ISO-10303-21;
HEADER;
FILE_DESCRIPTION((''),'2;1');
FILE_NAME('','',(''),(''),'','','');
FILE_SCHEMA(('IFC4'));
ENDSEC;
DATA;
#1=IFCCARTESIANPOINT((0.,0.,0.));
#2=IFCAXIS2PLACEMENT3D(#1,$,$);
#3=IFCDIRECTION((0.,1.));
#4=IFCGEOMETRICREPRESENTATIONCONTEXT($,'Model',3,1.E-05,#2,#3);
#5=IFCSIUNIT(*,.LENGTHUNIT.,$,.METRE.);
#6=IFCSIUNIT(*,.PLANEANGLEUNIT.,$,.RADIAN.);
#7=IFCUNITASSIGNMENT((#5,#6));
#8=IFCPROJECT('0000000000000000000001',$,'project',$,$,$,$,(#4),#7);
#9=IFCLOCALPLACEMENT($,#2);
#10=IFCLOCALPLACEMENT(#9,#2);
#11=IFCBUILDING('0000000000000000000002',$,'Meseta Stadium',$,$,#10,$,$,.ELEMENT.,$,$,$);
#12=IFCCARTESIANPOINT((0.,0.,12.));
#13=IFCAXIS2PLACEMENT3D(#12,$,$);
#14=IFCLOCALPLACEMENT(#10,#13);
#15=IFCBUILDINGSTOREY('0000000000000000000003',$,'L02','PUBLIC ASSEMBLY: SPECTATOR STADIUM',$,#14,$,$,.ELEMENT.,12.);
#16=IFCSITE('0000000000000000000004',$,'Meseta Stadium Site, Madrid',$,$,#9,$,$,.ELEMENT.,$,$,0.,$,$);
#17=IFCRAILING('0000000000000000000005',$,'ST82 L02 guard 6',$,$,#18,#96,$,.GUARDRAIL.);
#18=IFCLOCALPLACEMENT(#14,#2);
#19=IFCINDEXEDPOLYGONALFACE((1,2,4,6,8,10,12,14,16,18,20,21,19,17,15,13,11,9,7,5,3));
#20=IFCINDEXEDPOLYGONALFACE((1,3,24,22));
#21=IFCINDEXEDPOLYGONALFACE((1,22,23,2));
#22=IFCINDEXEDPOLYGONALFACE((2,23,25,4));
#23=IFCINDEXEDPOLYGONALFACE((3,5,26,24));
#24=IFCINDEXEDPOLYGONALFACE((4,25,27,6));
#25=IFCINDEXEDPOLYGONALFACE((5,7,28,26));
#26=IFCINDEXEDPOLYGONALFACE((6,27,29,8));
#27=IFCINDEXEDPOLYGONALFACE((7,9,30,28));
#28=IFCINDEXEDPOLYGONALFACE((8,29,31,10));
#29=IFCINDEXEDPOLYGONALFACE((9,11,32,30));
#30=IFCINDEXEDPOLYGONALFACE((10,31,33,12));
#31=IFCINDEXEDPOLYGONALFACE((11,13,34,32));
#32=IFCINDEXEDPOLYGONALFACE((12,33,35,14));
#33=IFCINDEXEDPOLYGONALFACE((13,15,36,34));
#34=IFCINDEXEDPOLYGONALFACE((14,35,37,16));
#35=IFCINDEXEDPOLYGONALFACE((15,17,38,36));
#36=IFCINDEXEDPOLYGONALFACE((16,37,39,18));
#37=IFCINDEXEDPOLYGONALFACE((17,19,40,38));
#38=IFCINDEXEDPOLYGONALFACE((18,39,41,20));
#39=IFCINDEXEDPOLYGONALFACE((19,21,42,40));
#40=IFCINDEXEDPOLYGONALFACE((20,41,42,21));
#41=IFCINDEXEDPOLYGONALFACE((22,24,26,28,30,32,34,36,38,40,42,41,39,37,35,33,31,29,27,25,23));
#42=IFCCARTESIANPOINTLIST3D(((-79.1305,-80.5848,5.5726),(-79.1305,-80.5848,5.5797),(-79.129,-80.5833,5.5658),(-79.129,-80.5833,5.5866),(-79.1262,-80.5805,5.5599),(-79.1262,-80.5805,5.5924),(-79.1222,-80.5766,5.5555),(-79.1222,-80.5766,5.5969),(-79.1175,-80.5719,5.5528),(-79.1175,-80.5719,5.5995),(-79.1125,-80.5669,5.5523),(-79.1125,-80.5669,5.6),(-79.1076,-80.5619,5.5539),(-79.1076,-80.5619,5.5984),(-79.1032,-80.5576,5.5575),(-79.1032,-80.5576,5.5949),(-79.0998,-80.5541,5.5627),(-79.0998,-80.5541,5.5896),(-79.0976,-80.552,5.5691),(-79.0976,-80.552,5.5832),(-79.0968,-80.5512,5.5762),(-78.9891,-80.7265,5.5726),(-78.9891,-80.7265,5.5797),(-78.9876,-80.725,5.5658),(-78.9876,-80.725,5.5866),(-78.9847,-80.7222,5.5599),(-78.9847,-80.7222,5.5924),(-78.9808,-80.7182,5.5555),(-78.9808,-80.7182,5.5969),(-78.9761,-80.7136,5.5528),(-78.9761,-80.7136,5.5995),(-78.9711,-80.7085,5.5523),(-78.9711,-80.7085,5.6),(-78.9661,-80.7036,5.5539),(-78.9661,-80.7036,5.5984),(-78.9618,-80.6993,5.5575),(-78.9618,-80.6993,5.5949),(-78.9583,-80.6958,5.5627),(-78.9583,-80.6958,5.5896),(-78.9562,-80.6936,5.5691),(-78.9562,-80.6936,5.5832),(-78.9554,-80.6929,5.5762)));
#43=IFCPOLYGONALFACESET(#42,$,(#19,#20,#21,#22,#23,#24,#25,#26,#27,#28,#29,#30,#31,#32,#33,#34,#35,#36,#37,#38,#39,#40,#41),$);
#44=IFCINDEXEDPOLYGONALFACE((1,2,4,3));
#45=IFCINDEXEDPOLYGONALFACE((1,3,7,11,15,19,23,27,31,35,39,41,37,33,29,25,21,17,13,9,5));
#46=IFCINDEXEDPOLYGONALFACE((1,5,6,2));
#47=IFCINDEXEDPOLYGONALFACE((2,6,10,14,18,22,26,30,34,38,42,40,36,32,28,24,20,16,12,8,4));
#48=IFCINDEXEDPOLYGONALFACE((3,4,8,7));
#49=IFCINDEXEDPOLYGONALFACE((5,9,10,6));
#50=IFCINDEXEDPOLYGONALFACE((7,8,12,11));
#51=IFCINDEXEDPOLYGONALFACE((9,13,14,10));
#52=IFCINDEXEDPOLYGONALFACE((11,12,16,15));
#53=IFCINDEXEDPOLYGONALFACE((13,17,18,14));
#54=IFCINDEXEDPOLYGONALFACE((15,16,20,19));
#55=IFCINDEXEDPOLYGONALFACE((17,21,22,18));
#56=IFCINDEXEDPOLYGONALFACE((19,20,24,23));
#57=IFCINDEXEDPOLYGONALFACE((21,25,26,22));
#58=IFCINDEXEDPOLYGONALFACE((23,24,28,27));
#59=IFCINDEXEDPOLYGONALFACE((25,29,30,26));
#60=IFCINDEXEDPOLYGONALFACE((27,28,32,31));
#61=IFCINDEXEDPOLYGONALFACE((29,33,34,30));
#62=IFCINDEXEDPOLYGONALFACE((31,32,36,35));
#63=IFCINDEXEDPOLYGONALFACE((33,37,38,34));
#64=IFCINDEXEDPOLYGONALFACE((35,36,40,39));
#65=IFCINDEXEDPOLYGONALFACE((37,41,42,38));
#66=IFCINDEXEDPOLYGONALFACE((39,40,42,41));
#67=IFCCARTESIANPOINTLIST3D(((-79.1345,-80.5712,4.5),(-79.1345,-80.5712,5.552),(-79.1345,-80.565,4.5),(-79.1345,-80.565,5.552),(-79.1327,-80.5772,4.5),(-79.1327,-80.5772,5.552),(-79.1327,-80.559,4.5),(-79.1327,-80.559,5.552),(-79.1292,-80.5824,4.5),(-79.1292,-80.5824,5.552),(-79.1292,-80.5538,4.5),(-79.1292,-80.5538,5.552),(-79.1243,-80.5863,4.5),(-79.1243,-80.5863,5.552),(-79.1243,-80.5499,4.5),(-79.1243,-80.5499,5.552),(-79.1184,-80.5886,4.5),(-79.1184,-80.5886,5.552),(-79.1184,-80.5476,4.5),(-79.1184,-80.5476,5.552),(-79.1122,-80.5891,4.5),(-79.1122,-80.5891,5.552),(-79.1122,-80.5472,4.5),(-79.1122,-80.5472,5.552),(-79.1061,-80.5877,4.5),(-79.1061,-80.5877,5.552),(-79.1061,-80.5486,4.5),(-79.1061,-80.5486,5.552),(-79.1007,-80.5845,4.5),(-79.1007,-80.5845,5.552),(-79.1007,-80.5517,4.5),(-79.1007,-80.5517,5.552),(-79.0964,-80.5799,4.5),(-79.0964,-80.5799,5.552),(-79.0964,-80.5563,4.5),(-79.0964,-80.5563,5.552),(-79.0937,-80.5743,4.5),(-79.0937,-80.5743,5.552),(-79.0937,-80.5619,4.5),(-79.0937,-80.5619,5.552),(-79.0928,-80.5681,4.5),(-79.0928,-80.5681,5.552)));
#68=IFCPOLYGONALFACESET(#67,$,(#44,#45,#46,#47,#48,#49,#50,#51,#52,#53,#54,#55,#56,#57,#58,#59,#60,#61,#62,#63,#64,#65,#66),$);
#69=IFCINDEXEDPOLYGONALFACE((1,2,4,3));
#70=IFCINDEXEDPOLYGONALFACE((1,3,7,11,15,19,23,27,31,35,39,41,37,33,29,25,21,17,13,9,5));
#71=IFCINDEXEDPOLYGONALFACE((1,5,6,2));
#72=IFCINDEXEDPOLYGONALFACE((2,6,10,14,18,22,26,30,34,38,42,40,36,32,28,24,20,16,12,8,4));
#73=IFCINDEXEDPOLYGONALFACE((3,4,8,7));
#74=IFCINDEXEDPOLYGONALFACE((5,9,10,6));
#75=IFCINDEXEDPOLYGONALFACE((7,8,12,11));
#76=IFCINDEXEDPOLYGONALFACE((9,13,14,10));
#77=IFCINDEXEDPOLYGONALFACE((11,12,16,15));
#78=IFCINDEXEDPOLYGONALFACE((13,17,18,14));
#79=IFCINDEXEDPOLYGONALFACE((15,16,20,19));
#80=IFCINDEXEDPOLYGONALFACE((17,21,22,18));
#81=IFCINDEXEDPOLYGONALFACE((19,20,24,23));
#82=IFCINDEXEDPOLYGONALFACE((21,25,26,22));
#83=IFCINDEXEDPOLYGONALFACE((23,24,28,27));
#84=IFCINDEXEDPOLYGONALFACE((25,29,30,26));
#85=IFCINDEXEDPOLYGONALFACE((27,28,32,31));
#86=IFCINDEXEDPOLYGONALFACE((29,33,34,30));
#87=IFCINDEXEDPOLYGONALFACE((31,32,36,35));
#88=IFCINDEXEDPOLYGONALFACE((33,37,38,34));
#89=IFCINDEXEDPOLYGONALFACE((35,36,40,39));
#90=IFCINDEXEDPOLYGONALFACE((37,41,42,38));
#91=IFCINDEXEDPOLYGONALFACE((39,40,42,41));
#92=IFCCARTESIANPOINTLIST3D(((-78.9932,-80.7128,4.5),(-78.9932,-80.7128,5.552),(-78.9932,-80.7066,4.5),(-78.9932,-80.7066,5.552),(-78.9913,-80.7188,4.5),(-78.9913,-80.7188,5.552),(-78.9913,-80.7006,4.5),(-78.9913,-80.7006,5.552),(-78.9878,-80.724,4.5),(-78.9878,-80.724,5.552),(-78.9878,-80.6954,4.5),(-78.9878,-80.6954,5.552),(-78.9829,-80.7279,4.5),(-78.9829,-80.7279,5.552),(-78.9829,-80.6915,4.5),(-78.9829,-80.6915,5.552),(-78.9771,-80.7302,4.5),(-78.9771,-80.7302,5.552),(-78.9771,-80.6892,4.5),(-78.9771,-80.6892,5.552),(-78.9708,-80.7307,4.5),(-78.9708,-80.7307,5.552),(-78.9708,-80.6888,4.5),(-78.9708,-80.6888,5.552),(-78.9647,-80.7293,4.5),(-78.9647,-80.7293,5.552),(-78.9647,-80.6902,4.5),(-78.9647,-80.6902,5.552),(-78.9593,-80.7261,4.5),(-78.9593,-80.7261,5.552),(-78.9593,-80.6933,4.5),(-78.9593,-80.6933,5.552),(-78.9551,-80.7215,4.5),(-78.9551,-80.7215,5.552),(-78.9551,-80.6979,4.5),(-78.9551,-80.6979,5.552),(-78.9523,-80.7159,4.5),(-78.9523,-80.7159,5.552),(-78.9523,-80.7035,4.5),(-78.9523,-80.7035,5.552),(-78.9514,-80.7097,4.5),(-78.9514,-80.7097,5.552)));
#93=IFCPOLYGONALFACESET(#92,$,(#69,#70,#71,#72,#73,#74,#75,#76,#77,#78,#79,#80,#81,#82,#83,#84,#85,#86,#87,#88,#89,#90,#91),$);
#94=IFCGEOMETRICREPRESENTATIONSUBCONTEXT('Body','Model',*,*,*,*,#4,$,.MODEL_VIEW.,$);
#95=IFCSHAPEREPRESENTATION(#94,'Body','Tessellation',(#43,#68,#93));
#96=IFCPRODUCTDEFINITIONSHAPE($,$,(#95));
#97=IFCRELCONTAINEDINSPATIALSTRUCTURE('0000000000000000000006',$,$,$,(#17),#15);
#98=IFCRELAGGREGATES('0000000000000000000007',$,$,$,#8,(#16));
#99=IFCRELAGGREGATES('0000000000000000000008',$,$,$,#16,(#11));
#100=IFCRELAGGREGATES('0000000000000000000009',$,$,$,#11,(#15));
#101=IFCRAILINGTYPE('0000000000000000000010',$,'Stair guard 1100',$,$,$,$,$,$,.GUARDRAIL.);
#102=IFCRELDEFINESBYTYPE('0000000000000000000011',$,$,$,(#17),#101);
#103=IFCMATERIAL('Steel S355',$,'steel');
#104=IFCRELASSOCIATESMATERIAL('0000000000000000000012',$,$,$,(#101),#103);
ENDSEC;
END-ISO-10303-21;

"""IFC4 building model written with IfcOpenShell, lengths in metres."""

from ifc_helpers import new_model, si_unit, direction, frame, origin, origin_2d, place, context, subcontext, project, spatial, circle, extrude, material, type_object, element, save


model = new_model("IFC4")

# Units and contexts
model_context = context("Model", 3, precision=1e-05, world=origin(), true_north=direction((0.0, 1.0)))
body_context = subcontext(model_context, "Body", "Model", "MODEL_VIEW")
ifc_project = project(units=[si_unit("LENGTHUNIT", "METRE"), si_unit("PLANEANGLEUNIT", "RADIAN")], contexts=[model_context])

# Site, building, storey
site_placement = place(None, origin())
site = spatial("IfcSite", under=ifc_project, at=site_placement, Name="Meseta Stadium Site, Madrid", CompositionType="ELEMENT", RefElevation=0.0)
building_placement = place(site_placement, origin())
building = spatial("IfcBuilding", under=site, at=building_placement, Name="Meseta Stadium", CompositionType="ELEMENT")
storey_placement = place(building_placement, frame((0.0, 0.0, 12.0)))
storey = spatial("IfcBuildingStorey", under=building, at=storey_placement, Name="L02", Description="PUBLIC ASSEMBLY: SPECTATOR STADIUM", CompositionType="ELEMENT", Elevation=12.0)

# Railing
ifc_material_1 = material(Name="Steel S355", Category="steel")
railing_type_1 = type_object("IfcRailingType", Name="Stair guard 1100", PredefinedType="GUARDRAIL", material=ifc_material_1)
railing_1_placement = place(storey_placement, frame((-79.1138, -80.5681, 4.5)))
element("IfcRailing", 1, at=railing_1_placement, inside=storey, type_object=railing_type_1, Name="ST82 L02 guard 6", PredefinedType="GUARDRAIL", context=body_context, shape_type="SweptSolid", body=[
    extrude(circle(Radius=0.0239, at=origin_2d()), frame((0.0, 0.0, 1.0762), z_axis=(0.706496, -0.707717, 0.0), x_axis=(0.707717, 0.706496, 0.0)), (0.0, 0.0, 1.0), 0.2002),
    extrude(circle(Radius=0.021, at=origin_2d()), origin(), (0.0, 0.0, 1.0), 1.052),
    extrude(circle(Radius=0.021, at=origin_2d()), frame((0.1414, -0.1416, 0.0)), (0.0, 0.0, 1.0), 1.052),
])

save(model, "model.ifc")
